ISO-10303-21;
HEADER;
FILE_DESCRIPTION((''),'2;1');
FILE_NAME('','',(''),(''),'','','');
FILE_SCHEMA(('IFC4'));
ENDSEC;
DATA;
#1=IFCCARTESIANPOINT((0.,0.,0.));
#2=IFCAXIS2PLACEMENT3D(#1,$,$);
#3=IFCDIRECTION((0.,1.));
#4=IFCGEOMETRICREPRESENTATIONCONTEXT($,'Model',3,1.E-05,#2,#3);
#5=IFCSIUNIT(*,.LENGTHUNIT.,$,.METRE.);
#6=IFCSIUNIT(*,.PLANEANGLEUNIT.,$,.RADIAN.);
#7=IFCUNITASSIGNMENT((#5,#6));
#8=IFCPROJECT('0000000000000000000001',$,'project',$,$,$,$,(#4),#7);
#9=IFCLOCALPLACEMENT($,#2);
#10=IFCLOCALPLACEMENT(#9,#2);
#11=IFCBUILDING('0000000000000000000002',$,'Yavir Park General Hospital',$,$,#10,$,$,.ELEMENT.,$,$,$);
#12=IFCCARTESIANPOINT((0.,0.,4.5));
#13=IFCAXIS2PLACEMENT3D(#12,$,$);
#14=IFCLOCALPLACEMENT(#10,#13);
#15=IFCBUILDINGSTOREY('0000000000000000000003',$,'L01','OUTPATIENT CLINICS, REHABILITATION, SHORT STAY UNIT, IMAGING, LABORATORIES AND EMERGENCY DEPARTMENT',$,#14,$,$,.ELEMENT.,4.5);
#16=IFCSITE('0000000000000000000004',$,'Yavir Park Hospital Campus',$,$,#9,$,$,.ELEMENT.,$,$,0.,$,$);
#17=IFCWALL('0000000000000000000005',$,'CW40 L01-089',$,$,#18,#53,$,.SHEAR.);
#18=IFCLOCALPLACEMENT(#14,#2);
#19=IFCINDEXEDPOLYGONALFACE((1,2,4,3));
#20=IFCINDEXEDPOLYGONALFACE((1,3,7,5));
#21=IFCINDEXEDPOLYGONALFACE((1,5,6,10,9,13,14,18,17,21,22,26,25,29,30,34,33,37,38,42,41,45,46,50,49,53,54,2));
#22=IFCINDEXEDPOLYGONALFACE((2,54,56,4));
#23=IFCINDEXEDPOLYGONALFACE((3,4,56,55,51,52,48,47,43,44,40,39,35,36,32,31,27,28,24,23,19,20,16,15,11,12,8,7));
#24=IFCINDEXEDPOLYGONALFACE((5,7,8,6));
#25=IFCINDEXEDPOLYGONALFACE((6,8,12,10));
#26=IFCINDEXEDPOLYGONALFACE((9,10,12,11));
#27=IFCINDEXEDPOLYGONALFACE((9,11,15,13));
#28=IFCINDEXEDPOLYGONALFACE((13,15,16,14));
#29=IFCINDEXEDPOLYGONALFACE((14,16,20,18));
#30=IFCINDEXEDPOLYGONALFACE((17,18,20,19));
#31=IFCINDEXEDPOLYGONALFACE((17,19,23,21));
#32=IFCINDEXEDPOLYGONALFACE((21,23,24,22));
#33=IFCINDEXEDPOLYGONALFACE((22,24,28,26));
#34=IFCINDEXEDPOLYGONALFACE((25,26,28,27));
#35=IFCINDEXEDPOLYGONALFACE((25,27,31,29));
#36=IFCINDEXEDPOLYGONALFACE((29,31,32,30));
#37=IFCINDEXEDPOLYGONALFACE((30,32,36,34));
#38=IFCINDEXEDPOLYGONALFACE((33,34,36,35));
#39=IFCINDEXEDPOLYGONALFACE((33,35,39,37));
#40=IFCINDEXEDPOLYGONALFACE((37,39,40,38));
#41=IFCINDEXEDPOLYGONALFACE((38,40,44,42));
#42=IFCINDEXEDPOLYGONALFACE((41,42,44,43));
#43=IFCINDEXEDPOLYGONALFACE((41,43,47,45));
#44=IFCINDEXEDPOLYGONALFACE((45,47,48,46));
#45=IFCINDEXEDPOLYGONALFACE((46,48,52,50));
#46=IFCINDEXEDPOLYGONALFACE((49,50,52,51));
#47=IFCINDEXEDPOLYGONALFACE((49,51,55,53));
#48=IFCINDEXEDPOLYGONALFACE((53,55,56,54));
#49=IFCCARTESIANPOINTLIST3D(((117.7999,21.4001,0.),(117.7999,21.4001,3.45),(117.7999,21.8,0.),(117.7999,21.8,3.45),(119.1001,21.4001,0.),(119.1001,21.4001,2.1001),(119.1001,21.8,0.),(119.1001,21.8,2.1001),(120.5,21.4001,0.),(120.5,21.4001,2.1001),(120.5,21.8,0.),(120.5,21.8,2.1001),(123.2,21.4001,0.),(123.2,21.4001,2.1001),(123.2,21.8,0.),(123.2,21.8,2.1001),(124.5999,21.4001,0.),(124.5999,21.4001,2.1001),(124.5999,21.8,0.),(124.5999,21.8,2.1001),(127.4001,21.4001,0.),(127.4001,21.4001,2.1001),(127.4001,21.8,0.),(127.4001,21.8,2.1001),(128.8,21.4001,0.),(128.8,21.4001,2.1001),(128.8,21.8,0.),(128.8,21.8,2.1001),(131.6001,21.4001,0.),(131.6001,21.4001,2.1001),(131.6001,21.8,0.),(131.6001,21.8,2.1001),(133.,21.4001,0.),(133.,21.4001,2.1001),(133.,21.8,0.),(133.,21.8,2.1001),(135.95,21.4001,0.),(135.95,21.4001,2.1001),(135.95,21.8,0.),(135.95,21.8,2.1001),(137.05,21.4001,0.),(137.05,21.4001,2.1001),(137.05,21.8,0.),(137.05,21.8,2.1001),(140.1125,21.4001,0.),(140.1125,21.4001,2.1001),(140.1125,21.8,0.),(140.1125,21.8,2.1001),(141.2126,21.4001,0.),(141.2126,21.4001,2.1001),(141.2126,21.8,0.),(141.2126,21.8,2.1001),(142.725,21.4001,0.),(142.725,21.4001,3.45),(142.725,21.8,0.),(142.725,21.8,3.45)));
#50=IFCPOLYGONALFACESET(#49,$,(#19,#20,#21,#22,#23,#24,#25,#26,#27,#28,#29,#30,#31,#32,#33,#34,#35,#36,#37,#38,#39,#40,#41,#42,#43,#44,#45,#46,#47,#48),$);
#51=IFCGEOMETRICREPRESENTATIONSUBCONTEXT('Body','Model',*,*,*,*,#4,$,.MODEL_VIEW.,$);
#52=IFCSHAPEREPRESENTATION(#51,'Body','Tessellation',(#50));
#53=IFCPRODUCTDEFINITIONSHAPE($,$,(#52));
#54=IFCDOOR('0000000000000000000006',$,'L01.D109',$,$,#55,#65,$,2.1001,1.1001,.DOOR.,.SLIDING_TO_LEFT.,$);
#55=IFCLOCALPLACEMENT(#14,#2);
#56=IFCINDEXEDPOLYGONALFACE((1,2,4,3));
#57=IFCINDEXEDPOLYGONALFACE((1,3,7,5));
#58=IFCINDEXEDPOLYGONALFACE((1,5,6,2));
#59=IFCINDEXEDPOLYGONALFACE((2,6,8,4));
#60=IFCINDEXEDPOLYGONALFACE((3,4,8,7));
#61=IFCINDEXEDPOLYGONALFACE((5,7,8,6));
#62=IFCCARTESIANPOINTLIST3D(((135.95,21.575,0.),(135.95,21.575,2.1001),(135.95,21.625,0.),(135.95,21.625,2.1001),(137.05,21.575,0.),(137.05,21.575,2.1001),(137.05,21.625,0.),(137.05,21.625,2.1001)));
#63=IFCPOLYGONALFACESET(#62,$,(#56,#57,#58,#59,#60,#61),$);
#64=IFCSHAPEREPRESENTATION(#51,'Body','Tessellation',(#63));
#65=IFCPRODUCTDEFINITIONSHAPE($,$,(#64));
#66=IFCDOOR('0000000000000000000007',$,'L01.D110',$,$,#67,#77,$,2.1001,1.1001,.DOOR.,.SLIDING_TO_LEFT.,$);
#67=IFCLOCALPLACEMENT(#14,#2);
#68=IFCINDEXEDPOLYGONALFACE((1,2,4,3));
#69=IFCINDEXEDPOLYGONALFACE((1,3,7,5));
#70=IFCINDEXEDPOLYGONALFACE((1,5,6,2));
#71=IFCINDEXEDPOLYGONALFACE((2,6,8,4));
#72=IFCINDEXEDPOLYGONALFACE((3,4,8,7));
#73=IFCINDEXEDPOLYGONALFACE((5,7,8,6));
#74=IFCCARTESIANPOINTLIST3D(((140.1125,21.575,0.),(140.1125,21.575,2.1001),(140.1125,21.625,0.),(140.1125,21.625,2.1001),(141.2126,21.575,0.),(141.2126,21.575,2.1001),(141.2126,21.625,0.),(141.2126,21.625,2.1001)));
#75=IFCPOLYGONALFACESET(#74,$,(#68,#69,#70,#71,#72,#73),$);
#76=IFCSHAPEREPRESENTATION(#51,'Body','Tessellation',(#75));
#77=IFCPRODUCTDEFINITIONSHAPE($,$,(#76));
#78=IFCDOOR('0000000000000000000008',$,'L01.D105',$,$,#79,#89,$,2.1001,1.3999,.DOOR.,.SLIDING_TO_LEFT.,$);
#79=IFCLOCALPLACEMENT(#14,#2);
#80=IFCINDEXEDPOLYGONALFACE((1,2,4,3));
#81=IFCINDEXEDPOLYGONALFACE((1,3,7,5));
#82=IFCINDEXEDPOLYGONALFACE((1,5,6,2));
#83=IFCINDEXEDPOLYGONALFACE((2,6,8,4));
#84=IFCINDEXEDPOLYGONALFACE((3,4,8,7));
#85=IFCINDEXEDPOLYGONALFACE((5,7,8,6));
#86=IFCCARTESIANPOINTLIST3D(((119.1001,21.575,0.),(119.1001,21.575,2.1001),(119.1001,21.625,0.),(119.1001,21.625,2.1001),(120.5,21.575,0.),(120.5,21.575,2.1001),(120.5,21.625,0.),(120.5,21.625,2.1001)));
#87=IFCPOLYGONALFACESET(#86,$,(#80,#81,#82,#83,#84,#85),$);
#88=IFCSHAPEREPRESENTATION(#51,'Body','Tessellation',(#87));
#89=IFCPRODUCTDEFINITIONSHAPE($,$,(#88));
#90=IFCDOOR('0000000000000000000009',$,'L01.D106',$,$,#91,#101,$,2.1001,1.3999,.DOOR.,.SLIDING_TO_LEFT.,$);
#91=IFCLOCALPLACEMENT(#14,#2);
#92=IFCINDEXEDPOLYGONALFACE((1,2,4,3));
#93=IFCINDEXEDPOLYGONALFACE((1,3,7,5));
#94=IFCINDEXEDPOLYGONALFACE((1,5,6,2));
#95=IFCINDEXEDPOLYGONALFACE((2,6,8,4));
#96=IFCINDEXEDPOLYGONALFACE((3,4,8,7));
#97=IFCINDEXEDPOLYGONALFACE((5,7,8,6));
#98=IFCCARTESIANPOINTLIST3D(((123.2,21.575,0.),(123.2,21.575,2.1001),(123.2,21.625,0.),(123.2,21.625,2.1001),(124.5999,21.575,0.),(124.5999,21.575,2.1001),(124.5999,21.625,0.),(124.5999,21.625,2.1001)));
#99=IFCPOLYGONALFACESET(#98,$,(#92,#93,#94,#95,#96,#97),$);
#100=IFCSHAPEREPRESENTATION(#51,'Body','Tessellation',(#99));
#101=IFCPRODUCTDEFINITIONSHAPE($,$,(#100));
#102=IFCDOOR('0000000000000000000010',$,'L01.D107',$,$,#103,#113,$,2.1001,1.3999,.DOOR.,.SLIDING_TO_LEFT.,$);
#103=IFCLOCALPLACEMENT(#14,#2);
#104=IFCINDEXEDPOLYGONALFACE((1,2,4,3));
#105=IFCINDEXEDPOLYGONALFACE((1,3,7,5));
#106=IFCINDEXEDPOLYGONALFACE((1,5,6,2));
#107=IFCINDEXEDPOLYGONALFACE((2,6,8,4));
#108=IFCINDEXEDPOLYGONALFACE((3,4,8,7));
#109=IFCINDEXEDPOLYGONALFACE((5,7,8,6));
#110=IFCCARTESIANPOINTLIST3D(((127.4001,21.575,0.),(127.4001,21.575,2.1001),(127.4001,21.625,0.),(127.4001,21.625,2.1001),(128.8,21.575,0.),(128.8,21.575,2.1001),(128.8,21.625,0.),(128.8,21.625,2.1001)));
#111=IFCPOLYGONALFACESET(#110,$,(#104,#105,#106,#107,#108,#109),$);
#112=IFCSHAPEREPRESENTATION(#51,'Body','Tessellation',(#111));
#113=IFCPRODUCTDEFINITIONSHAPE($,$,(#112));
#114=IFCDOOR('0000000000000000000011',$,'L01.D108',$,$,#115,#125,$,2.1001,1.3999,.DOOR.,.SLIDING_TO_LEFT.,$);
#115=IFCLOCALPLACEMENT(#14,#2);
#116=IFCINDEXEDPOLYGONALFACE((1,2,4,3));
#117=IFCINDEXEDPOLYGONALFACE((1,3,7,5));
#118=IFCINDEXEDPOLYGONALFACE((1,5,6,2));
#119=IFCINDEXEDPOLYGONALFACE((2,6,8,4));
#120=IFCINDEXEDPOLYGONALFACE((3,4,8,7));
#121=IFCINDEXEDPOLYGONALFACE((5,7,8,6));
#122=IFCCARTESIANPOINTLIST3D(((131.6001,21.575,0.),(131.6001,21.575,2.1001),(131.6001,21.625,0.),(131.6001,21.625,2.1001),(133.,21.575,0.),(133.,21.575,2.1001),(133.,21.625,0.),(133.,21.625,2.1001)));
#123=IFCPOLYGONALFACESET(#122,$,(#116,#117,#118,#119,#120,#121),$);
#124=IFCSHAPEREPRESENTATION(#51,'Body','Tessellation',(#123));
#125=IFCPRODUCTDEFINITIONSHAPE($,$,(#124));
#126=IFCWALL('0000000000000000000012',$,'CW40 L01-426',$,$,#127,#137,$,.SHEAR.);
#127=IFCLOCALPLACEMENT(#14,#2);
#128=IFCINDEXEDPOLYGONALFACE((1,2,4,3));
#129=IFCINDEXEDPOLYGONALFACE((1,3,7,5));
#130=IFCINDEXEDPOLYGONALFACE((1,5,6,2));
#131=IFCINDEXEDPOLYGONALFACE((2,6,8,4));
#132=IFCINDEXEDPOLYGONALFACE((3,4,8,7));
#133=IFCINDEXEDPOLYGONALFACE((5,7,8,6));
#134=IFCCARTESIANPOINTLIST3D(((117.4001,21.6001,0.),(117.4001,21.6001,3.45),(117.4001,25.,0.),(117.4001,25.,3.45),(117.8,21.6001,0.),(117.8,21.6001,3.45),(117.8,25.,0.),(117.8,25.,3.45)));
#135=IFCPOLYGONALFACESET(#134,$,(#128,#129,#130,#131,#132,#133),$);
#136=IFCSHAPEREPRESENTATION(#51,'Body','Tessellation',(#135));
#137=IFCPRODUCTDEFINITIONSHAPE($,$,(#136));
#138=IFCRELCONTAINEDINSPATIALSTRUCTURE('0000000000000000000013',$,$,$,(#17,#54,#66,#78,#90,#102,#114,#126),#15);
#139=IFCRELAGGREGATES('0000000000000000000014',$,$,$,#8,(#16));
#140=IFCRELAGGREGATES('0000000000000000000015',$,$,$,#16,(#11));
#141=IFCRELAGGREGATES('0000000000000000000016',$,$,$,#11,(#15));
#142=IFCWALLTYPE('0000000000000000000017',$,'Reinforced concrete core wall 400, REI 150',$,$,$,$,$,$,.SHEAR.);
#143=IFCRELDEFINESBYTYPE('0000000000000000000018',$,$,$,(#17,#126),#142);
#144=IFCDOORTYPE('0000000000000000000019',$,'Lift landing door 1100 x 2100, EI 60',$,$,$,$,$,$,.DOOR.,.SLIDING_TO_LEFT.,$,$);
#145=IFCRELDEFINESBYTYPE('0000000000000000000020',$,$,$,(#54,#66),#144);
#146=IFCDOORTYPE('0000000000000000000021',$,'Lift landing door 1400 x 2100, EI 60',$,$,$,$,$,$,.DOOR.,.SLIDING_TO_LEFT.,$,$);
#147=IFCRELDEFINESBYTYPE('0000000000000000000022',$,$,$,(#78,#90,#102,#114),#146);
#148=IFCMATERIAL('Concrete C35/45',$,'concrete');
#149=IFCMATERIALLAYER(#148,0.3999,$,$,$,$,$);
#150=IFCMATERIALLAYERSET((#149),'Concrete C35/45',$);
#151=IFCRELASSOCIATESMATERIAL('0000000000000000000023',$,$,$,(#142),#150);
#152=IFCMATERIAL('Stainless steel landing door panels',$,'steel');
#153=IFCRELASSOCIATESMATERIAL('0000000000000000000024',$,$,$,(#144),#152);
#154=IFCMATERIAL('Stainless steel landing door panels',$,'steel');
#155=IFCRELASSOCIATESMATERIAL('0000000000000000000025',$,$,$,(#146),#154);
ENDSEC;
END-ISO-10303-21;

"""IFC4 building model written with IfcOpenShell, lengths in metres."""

from ifc_helpers import new_model, si_unit, direction, frame, frame_2d, origin, place, context, subcontext, project, spatial, rectangle, extrude, material, layer, layer_set, type_object, element, fill, save


model = new_model("IFC4")

# Units and contexts
model_context = context("Model", 3, precision=1e-05, world=origin(), true_north=direction((0.0, 1.0)))
body_context = subcontext(model_context, "Body", "Model", "MODEL_VIEW")
ifc_project = project(units=[si_unit("LENGTHUNIT", "METRE"), si_unit("PLANEANGLEUNIT", "RADIAN")], contexts=[model_context])

# Site, building, storey
site_placement = place(None, origin())
site = spatial("IfcSite", under=ifc_project, at=site_placement, Name="Yavir Park Hospital Campus", CompositionType="ELEMENT", RefElevation=0.0)
building_placement = place(site_placement, origin())
building = spatial("IfcBuilding", under=site, at=building_placement, Name="Yavir Park General Hospital", CompositionType="ELEMENT")
storey_placement = place(building_placement, frame((0.0, 0.0, 4.5)))
storey = spatial("IfcBuildingStorey", under=building, at=storey_placement, Name="L01", Description="OUTPATIENT CLINICS, REHABILITATION, SHORT STAY UNIT, IMAGING, LABORATORIES AND EMERGENCY DEPARTMENT", CompositionType="ELEMENT", Elevation=4.5)

# Wall, openings, doors
ifc_material_1 = material(Name="Concrete C35/45", Category="concrete")
ifc_layer_1 = layer(ifc_material_1, 0.3999)
ifc_layer_set_1 = layer_set([ifc_layer_1], Name="Concrete C35/45")
wall_type_1 = type_object("IfcWallType", Name="Reinforced concrete core wall 400, REI 150", PredefinedType="SHEAR", material=ifc_layer_set_1)
wall_1_placement = place(storey_placement, frame((117.8, 21.6001, 0.0), z_axis=(0.0, 0.0, 1.0), x_axis=(1.0, 0.0, 0.0)))
wall_1 = element("IfcWall", 1, at=wall_1_placement, inside=storey, type_object=wall_type_1, Name="CW40 L01-089", PredefinedType="SHEAR", context=body_context, shape_type="SweptSolid", body=[
    extrude(rectangle(XDim=24.925, YDim=0.3999, at=frame_2d((12.4624, 0.0))), origin(), (0.0, 0.0, 1.0), 3.45),
])
opening_1_placement = place(wall_1_placement, frame((1.3, 0.0, 0.0)))
opening_1 = element("IfcOpeningElement", 2, at=opening_1_placement, cuts=wall_1, PredefinedType="OPENING", context=body_context, shape_type="SweptSolid", body=[
    extrude(rectangle(XDim=1.3999, YDim=2.1001, at=frame_2d((0.7, 1.05))), frame((0.0, 0.21, 0.0), z_axis=(0.0, -1.0, 0.0), x_axis=(1.0, 0.0, 0.0)), (0.0, 0.0, 1.0), 0.4199),
])
opening_2_placement = place(wall_1_placement, frame((5.3999, 0.0, 0.0)))
opening_2 = element("IfcOpeningElement", 3, at=opening_2_placement, cuts=wall_1, PredefinedType="OPENING", context=body_context, shape_type="SweptSolid", body=[
    extrude(rectangle(XDim=1.3999, YDim=2.1001, at=frame_2d((0.7, 1.05))), frame((0.0, 0.21, 0.0), z_axis=(0.0, -1.0, 0.0), x_axis=(1.0, 0.0, 0.0)), (0.0, 0.0, 1.0), 0.4199),
])
opening_3_placement = place(wall_1_placement, frame((9.6001, 0.0, 0.0)))
opening_3 = element("IfcOpeningElement", 4, at=opening_3_placement, cuts=wall_1, PredefinedType="OPENING", context=body_context, shape_type="SweptSolid", body=[
    extrude(rectangle(XDim=1.3999, YDim=2.1001, at=frame_2d((0.7, 1.05))), frame((0.0, 0.21, 0.0), z_axis=(0.0, -1.0, 0.0), x_axis=(1.0, 0.0, 0.0)), (0.0, 0.0, 1.0), 0.4199),
])
opening_4_placement = place(wall_1_placement, frame((13.8, 0.0, 0.0)))
opening_4 = element("IfcOpeningElement", 5, at=opening_4_placement, cuts=wall_1, PredefinedType="OPENING", context=body_context, shape_type="SweptSolid", body=[
    extrude(rectangle(XDim=1.3999, YDim=2.1001, at=frame_2d((0.7, 1.05))), frame((0.0, 0.21, 0.0), z_axis=(0.0, -1.0, 0.0), x_axis=(1.0, 0.0, 0.0)), (0.0, 0.0, 1.0), 0.4199),
])
opening_5_placement = place(wall_1_placement, frame((18.1499, 0.0, 0.0)))
opening_5 = element("IfcOpeningElement", 6, at=opening_5_placement, cuts=wall_1, PredefinedType="OPENING", context=body_context, shape_type="SweptSolid", body=[
    extrude(rectangle(XDim=1.1001, YDim=2.1001, at=frame_2d((0.55, 1.05))), frame((0.0, 0.21, 0.0), z_axis=(0.0, -1.0, 0.0), x_axis=(1.0, 0.0, 0.0)), (0.0, 0.0, 1.0), 0.4199),
])
opening_6_placement = place(wall_1_placement, frame((22.3125, 0.0, 0.0)))
opening_6 = element("IfcOpeningElement", 7, at=opening_6_placement, cuts=wall_1, PredefinedType="OPENING", context=body_context, shape_type="SweptSolid", body=[
    extrude(rectangle(XDim=1.1001, YDim=2.1001, at=frame_2d((0.55, 1.05))), frame((0.0, 0.21, 0.0), z_axis=(0.0, -1.0, 0.0), x_axis=(1.0, 0.0, 0.0)), (0.0, 0.0, 1.0), 0.4199),
])
ifc_material_2 = material(Name="Stainless steel landing door panels", Category="steel")
door_type_1 = type_object("IfcDoorType", Name="Lift landing door 1100 x 2100, EI 60", OperationType="SLIDING_TO_LEFT", PredefinedType="DOOR", material=ifc_material_2)
door_1_placement = place(opening_5_placement, origin())
door_1 = element("IfcDoor", 8, at=door_1_placement, inside=storey, type_object=door_type_1, Name="L01.D109", OperationType="SLIDING_TO_LEFT", OverallHeight=2.1001, OverallWidth=1.1001, PredefinedType="DOOR", context=body_context, shape_type="SweptSolid", body=[
    extrude(rectangle(XDim=1.1001, YDim=2.1001, at=frame_2d((0.55, 1.05))), frame((0.0, 0.0249, 0.0), z_axis=(0.0, -1.0, 0.0), x_axis=(1.0, 0.0, 0.0)), (0.0, 0.0, 1.0), 0.05),
])
fill(opening_5, door_1)
door_2_placement = place(opening_6_placement, origin())
door_2 = element("IfcDoor", 9, at=door_2_placement, inside=storey, type_object=door_type_1, Name="L01.D110", OperationType="SLIDING_TO_LEFT", OverallHeight=2.1001, OverallWidth=1.1001, PredefinedType="DOOR", context=body_context, shape_type="SweptSolid", body=[
    extrude(rectangle(XDim=1.1001, YDim=2.1001, at=frame_2d((0.55, 1.05))), frame((0.0, 0.0249, 0.0), z_axis=(0.0, -1.0, 0.0), x_axis=(1.0, 0.0, 0.0)), (0.0, 0.0, 1.0), 0.05),
])
fill(opening_6, door_2)
ifc_material_3 = material(Name="Stainless steel landing door panels", Category="steel")
door_type_2 = type_object("IfcDoorType", Name="Lift landing door 1400 x 2100, EI 60", OperationType="SLIDING_TO_LEFT", PredefinedType="DOOR", material=ifc_material_3)
door_3_placement = place(opening_1_placement, origin())
door_3 = element("IfcDoor", 10, at=door_3_placement, inside=storey, type_object=door_type_2, Name="L01.D105", OperationType="SLIDING_TO_LEFT", OverallHeight=2.1001, OverallWidth=1.3999, PredefinedType="DOOR", context=body_context, shape_type="SweptSolid", body=[
    extrude(rectangle(XDim=1.3999, YDim=2.1001, at=frame_2d((0.7, 1.05))), frame((0.0, 0.0249, 0.0), z_axis=(0.0, -1.0, 0.0), x_axis=(1.0, 0.0, 0.0)), (0.0, 0.0, 1.0), 0.05),
])
fill(opening_1, door_3)
door_4_placement = place(opening_2_placement, origin())
door_4 = element("IfcDoor", 11, at=door_4_placement, inside=storey, type_object=door_type_2, Name="L01.D106", OperationType="SLIDING_TO_LEFT", OverallHeight=2.1001, OverallWidth=1.3999, PredefinedType="DOOR", context=body_context, shape_type="SweptSolid", body=[
    extrude(rectangle(XDim=1.3999, YDim=2.1001, at=frame_2d((0.7, 1.05))), frame((0.0, 0.0249, 0.0), z_axis=(0.0, -1.0, 0.0), x_axis=(1.0, 0.0, 0.0)), (0.0, 0.0, 1.0), 0.05),
])
fill(opening_2, door_4)
door_5_placement = place(opening_3_placement, origin())
door_5 = element("IfcDoor", 12, at=door_5_placement, inside=storey, type_object=door_type_2, Name="L01.D107", OperationType="SLIDING_TO_LEFT", OverallHeight=2.1001, OverallWidth=1.3999, PredefinedType="DOOR", context=body_context, shape_type="SweptSolid", body=[
    extrude(rectangle(XDim=1.3999, YDim=2.1001, at=frame_2d((0.7, 1.05))), frame((0.0, 0.0249, 0.0), z_axis=(0.0, -1.0, 0.0), x_axis=(1.0, 0.0, 0.0)), (0.0, 0.0, 1.0), 0.05),
])
fill(opening_3, door_5)
door_6_placement = place(opening_4_placement, origin())
door_6 = element("IfcDoor", 13, at=door_6_placement, inside=storey, type_object=door_type_2, Name="L01.D108", OperationType="SLIDING_TO_LEFT", OverallHeight=2.1001, OverallWidth=1.3999, PredefinedType="DOOR", context=body_context, shape_type="SweptSolid", body=[
    extrude(rectangle(XDim=1.3999, YDim=2.1001, at=frame_2d((0.7, 1.05))), frame((0.0, 0.0249, 0.0), z_axis=(0.0, -1.0, 0.0), x_axis=(1.0, 0.0, 0.0)), (0.0, 0.0, 1.0), 0.05),
])
fill(opening_4, door_6)

# Wall
wall_2_placement = place(storey_placement, frame((117.6001, 21.6001, 0.0), z_axis=(0.0, 0.0, 1.0), x_axis=(0.0, 1.0, 0.0)))
element("IfcWall", 14, at=wall_2_placement, inside=storey, type_object=wall_type_1, Name="CW40 L01-426", PredefinedType="SHEAR", context=body_context, shape_type="SweptSolid", body=[
    extrude(rectangle(XDim=3.3999, YDim=0.3999, at=frame_2d((1.7, 0.0))), origin(), (0.0, 0.0, 1.0), 3.45),
])

save(model, "model.ifc")
